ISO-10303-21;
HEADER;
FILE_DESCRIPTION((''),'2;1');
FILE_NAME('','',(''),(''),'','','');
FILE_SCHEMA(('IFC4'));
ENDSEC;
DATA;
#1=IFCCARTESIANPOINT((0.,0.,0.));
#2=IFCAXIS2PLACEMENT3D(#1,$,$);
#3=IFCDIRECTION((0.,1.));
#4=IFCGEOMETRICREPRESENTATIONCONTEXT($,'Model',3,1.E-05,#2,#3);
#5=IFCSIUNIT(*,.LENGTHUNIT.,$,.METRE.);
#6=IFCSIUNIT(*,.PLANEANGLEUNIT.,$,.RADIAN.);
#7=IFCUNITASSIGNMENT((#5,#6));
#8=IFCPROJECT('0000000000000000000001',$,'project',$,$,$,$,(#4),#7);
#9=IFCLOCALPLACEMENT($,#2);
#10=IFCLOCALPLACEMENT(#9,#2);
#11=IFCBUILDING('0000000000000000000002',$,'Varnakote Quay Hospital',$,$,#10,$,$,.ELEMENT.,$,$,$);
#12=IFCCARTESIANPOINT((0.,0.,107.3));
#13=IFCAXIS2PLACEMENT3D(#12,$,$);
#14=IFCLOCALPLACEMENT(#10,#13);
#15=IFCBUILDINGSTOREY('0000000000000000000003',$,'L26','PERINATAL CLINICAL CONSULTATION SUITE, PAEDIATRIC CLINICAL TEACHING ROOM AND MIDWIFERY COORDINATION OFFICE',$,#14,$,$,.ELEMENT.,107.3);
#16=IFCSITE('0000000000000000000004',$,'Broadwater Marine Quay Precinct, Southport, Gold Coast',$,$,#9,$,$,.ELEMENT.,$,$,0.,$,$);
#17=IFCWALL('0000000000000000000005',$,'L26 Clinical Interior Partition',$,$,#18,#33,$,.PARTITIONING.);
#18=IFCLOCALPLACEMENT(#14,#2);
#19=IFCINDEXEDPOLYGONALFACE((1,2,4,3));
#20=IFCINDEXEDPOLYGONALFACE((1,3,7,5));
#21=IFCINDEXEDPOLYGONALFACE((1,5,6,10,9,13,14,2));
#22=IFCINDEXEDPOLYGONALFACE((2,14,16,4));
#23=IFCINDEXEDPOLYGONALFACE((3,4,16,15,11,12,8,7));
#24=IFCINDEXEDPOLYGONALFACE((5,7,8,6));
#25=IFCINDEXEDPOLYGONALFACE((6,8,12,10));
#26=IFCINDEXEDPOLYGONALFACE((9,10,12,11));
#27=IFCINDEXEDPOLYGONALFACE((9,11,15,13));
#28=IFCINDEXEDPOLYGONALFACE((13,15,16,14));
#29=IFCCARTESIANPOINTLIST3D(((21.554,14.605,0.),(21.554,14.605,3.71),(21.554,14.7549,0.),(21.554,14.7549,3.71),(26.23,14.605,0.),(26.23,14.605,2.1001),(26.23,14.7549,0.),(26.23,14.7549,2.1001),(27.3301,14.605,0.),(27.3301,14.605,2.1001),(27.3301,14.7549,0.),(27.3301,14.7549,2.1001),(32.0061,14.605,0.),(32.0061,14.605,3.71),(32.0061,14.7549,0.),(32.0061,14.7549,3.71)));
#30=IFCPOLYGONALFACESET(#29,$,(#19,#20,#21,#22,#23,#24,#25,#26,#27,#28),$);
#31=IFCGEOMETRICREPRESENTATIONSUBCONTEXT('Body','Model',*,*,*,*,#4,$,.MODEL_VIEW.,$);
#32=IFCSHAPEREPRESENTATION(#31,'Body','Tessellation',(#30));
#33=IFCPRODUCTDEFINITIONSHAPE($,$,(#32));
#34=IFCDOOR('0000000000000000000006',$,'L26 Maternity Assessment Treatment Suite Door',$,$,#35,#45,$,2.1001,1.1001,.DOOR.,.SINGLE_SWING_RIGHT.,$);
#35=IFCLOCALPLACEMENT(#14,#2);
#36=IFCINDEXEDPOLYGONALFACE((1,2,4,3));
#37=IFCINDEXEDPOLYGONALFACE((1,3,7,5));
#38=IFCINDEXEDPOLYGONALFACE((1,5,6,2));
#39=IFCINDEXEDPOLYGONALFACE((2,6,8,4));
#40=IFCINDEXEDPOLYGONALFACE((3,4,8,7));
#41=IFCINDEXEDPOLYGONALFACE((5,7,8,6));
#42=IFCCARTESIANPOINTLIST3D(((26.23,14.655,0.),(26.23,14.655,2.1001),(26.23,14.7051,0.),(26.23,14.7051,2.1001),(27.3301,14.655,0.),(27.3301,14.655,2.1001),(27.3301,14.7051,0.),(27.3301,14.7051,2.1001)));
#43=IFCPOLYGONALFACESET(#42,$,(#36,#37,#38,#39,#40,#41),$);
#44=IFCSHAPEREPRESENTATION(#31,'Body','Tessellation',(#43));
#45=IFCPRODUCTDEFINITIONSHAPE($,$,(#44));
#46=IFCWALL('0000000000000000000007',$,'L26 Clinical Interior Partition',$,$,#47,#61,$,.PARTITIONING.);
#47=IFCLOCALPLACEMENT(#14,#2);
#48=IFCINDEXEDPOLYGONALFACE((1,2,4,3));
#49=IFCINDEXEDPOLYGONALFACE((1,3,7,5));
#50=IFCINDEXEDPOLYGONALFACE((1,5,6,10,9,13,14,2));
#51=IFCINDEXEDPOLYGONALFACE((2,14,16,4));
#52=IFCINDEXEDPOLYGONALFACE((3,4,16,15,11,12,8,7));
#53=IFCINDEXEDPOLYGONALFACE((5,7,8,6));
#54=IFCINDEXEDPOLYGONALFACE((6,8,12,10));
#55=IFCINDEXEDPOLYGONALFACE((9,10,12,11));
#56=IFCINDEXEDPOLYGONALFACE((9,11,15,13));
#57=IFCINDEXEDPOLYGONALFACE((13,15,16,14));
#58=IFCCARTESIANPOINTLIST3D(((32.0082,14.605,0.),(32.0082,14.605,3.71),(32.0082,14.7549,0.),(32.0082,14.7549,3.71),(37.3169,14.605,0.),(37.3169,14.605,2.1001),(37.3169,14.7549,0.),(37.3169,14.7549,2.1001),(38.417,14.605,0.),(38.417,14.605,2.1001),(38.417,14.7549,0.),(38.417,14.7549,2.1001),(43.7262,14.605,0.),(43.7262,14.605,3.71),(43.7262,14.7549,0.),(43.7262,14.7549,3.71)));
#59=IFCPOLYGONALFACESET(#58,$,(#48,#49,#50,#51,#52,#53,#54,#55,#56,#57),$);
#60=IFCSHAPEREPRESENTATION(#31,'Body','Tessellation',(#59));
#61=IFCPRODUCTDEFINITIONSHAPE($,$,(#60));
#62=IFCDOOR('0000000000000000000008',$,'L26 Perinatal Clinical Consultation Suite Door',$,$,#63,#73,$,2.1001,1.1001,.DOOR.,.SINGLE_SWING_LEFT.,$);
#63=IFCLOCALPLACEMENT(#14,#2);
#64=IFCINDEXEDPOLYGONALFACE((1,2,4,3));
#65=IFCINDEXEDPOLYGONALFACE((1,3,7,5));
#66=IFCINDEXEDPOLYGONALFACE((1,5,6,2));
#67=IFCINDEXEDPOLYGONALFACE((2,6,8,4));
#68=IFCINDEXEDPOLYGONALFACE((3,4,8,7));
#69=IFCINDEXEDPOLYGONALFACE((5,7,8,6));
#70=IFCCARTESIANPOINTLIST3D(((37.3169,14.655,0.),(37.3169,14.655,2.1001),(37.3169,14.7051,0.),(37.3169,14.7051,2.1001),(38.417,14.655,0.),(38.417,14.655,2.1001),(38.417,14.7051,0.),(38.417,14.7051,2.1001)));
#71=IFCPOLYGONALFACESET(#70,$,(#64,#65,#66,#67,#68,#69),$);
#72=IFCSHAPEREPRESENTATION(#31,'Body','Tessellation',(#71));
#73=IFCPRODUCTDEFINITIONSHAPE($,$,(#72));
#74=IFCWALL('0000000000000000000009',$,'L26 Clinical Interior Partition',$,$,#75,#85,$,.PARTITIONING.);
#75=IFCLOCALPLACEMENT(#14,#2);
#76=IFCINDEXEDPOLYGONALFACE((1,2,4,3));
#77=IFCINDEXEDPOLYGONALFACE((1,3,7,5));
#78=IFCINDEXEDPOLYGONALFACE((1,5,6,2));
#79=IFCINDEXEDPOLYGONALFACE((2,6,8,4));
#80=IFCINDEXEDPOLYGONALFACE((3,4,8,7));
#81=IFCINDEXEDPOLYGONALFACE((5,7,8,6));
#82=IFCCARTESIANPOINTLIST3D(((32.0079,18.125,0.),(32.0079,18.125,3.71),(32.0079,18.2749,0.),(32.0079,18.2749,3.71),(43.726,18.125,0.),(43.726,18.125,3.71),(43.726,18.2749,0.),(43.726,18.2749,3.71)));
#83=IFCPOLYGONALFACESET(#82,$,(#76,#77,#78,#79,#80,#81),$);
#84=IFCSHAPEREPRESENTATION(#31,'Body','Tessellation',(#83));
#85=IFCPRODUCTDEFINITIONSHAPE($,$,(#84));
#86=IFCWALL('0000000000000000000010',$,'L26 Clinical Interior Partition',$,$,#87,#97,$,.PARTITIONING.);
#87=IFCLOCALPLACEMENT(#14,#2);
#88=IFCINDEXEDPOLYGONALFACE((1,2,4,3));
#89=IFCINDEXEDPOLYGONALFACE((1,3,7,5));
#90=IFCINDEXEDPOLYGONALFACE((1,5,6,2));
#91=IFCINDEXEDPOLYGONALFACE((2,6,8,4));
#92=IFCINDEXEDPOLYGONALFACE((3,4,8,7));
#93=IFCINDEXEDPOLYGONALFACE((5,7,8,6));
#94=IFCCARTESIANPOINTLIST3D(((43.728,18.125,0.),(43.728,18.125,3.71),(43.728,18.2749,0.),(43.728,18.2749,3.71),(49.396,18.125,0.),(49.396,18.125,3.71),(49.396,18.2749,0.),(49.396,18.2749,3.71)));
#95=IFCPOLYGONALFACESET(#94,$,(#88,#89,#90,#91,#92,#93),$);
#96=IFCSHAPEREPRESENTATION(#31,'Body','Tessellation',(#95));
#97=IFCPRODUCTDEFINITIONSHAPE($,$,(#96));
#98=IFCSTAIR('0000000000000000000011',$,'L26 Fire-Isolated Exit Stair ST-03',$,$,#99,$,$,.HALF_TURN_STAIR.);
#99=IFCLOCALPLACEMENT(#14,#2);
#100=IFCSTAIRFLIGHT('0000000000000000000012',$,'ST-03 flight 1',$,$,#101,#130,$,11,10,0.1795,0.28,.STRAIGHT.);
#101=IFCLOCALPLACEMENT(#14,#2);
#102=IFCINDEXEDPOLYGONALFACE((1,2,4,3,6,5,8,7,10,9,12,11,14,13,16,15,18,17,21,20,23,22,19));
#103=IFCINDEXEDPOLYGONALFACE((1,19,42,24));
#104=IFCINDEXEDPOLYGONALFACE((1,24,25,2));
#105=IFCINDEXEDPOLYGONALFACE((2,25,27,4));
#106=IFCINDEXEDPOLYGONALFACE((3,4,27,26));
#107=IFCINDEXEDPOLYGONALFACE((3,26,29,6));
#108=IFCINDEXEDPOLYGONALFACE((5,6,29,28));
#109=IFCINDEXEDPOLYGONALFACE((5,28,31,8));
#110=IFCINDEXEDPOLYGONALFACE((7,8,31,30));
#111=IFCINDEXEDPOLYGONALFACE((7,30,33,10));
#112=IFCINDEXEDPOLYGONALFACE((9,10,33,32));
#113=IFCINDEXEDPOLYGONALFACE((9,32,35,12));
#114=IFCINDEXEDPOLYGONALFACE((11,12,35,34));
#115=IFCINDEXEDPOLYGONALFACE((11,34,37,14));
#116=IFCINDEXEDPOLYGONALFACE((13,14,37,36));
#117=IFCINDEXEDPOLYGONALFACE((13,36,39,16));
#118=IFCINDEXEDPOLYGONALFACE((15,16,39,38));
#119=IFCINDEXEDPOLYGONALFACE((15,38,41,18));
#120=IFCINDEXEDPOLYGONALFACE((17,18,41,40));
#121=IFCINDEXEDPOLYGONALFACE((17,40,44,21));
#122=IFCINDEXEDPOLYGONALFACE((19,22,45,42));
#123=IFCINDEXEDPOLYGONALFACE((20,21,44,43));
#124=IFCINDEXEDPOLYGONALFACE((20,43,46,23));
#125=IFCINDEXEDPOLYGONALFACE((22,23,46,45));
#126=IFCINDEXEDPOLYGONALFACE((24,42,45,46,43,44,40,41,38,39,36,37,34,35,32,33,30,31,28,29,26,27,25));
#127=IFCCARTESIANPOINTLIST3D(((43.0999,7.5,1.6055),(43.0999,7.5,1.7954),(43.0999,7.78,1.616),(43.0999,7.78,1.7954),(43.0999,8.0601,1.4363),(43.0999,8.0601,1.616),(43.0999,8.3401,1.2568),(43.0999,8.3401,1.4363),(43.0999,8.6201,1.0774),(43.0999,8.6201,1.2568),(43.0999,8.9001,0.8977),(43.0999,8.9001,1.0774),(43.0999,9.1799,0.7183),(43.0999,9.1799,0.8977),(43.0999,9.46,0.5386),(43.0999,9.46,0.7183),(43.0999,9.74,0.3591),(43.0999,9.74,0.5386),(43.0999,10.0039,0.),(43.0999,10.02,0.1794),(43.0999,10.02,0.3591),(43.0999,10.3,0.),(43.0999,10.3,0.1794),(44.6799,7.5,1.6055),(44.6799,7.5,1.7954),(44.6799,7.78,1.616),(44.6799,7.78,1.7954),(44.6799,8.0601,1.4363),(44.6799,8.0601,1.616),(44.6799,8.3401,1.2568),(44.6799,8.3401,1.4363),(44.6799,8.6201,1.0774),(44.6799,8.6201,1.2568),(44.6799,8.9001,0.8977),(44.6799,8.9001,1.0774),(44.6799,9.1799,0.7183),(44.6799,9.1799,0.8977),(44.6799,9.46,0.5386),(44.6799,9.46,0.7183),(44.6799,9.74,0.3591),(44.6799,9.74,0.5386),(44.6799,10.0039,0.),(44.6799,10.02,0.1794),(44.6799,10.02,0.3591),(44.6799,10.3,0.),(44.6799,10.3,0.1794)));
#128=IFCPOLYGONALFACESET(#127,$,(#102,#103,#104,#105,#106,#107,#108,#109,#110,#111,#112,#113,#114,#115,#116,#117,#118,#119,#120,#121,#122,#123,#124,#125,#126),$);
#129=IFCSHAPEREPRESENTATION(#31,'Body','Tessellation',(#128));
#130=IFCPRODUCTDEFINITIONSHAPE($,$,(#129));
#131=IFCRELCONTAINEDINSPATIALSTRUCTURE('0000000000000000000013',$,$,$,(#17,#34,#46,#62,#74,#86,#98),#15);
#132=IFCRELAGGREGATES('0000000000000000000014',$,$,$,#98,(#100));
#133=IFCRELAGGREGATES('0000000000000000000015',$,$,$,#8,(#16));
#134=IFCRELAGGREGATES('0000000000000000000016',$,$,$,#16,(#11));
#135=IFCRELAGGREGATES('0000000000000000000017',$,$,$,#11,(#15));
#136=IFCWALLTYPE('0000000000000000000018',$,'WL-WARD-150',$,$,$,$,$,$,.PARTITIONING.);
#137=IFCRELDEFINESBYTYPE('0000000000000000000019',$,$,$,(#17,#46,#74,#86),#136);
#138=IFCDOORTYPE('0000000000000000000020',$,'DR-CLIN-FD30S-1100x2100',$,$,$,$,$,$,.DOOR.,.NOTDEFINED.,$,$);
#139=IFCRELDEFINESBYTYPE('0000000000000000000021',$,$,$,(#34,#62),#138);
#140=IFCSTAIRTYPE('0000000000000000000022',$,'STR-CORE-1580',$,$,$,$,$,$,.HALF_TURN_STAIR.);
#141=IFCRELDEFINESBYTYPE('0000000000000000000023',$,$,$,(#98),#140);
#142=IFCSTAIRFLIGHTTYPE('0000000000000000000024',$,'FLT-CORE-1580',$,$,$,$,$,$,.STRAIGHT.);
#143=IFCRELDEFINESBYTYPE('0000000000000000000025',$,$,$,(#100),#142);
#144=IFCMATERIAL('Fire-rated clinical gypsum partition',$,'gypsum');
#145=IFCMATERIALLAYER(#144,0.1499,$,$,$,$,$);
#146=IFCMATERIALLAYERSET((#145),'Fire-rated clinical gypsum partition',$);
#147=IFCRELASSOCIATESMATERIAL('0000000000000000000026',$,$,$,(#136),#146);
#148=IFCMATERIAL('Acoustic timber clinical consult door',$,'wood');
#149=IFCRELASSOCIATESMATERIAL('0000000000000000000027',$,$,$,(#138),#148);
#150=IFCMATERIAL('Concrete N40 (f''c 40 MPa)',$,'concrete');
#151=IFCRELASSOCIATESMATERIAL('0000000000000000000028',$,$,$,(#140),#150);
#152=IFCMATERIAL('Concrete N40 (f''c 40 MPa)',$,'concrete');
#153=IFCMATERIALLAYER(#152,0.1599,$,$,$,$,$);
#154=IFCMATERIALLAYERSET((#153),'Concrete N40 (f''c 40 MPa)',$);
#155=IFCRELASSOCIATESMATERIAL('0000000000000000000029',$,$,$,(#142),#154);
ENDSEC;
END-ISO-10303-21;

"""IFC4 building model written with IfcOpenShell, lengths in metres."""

from ifc_helpers import new_model, si_unit, direction, frame, frame_2d, origin, place, context, subcontext, project, spatial, polyline, rectangle, outline, extrude, material, layer, layer_set, type_object, element, fill, aggregate, save


model = new_model("IFC4")

# Units and contexts
model_context = context("Model", 3, precision=1e-05, world=origin(), true_north=direction((0.0, 1.0)))
body_context = subcontext(model_context, "Body", "Model", "MODEL_VIEW")
ifc_project = project(units=[si_unit("LENGTHUNIT", "METRE"), si_unit("PLANEANGLEUNIT", "RADIAN")], contexts=[model_context])

# Site, building, storey
site_placement = place(None, origin())
site = spatial("IfcSite", under=ifc_project, at=site_placement, Name="Broadwater Marine Quay Precinct, Southport, Gold Coast", CompositionType="ELEMENT", RefElevation=0.0)
building_placement = place(site_placement, origin())
building = spatial("IfcBuilding", under=site, at=building_placement, Name="Varnakote Quay Hospital", CompositionType="ELEMENT")
storey_placement = place(building_placement, frame((0.0, 0.0, 107.3)))
storey = spatial("IfcBuildingStorey", under=building, at=storey_placement, Name="L26", Description="PERINATAL CLINICAL CONSULTATION SUITE, PAEDIATRIC CLINICAL TEACHING ROOM AND MIDWIFERY COORDINATION OFFICE", CompositionType="ELEMENT", Elevation=107.3)

# Walls, openings, doors
ifc_material_1 = material(Name="Fire-rated clinical gypsum partition", Category="gypsum")
ifc_layer_1 = layer(ifc_material_1, 0.1499)
ifc_layer_set_1 = layer_set([ifc_layer_1], Name="Fire-rated clinical gypsum partition")
wall_type_1 = type_object("IfcWallType", Name="WL-WARD-150", PredefinedType="PARTITIONING", material=ifc_layer_set_1)
wall_1_placement = place(storey_placement, frame((32.0061, 14.6799, 0.0), z_axis=(0.0, 0.0, 1.0), x_axis=(-1.0, 0.0, 0.0)))
wall_1 = element("IfcWall", 1, at=wall_1_placement, inside=storey, type_object=wall_type_1, Name="L26 Clinical Interior Partition", PredefinedType="PARTITIONING", context=body_context, shape_type="SweptSolid", body=[
    extrude(rectangle(XDim=10.4521, YDim=0.1499, at=frame_2d((5.2261, 0.0))), origin(), (0.0, 0.0, 1.0), 3.71),
])
opening_1_placement = place(wall_1_placement, frame((4.676, 0.0, 0.0)))
opening_1 = element("IfcOpeningElement", 2, at=opening_1_placement, cuts=wall_1, PredefinedType="OPENING", context=body_context, shape_type="SweptSolid", body=[
    extrude(rectangle(XDim=1.1001, YDim=2.1001, at=frame_2d((0.55, 1.05))), frame((0.0, 0.085, 0.0), z_axis=(0.0, -1.0, 0.0), x_axis=(1.0, 0.0, 0.0)), (0.0, 0.0, 1.0), 0.1699),
])
ifc_material_2 = material(Name="Acoustic timber clinical consult door", Category="wood")
door_type_1 = type_object("IfcDoorType", Name="DR-CLIN-FD30S-1100x2100", OperationType="NOTDEFINED", PredefinedType="DOOR", material=ifc_material_2)
door_1_placement = place(opening_1_placement, origin())
door_1 = element("IfcDoor", 3, at=door_1_placement, inside=storey, type_object=door_type_1, Name="L26 Maternity Assessment Treatment Suite Door", OperationType="SINGLE_SWING_RIGHT", OverallHeight=2.1001, OverallWidth=1.1001, PredefinedType="DOOR", context=body_context, shape_type="SweptSolid", body=[
    extrude(rectangle(XDim=1.1001, YDim=2.1001, at=frame_2d((0.55, 1.05))), frame((0.0, 0.0249, 0.0), z_axis=(0.0, -1.0, 0.0), x_axis=(1.0, 0.0, 0.0)), (0.0, 0.0, 1.0), 0.05),
])
fill(opening_1, door_1)
wall_2_placement = place(storey_placement, frame((43.7261, 14.6799, 0.0), z_axis=(0.0, 0.0, 1.0), x_axis=(-1.0, 0.0, 0.0)))
wall_2 = element("IfcWall", 4, at=wall_2_placement, inside=storey, type_object=wall_type_1, Name="L26 Clinical Interior Partition", PredefinedType="PARTITIONING", context=body_context, shape_type="SweptSolid", body=[
    extrude(rectangle(XDim=11.718, YDim=0.1499, at=frame_2d((5.8589, 0.0))), origin(), (0.0, 0.0, 1.0), 3.71),
])
opening_2_placement = place(wall_2_placement, frame((5.3091, 0.0, 0.0)))
opening_2 = element("IfcOpeningElement", 5, at=opening_2_placement, cuts=wall_2, PredefinedType="OPENING", context=body_context, shape_type="SweptSolid", body=[
    extrude(rectangle(XDim=1.1001, YDim=2.1001, at=frame_2d((0.55, 1.05))), frame((0.0, 0.085, 0.0), z_axis=(0.0, -1.0, 0.0), x_axis=(1.0, 0.0, 0.0)), (0.0, 0.0, 1.0), 0.1699),
])
door_2_placement = place(opening_2_placement, origin())
door_2 = element("IfcDoor", 6, at=door_2_placement, inside=storey, type_object=door_type_1, Name="L26 Perinatal Clinical Consultation Suite Door", OperationType="SINGLE_SWING_LEFT", OverallHeight=2.1001, OverallWidth=1.1001, PredefinedType="DOOR", context=body_context, shape_type="SweptSolid", body=[
    extrude(rectangle(XDim=1.1001, YDim=2.1001, at=frame_2d((0.55, 1.05))), frame((0.0, 0.0249, 0.0), z_axis=(0.0, -1.0, 0.0), x_axis=(1.0, 0.0, 0.0)), (0.0, 0.0, 1.0), 0.05),
])
fill(opening_2, door_2)

# Walls
wall_3_placement = place(storey_placement, frame((32.0081, 18.2, 0.0), z_axis=(0.0, 0.0, 1.0), x_axis=(1.0, 0.0, 0.0)))
element("IfcWall", 7, at=wall_3_placement, inside=storey, type_object=wall_type_1, Name="L26 Clinical Interior Partition", PredefinedType="PARTITIONING", context=body_context, shape_type="SweptSolid", body=[
    extrude(rectangle(XDim=11.718, YDim=0.1499, at=frame_2d((5.8589, 0.0))), origin(), (0.0, 0.0, 1.0), 3.71),
])
wall_4_placement = place(storey_placement, frame((43.728, 18.2, 0.0), z_axis=(0.0, 0.0, 1.0), x_axis=(1.0, 0.0, 0.0)))
element("IfcWall", 8, at=wall_4_placement, inside=storey, type_object=wall_type_1, Name="L26 Clinical Interior Partition", PredefinedType="PARTITIONING", context=body_context, shape_type="SweptSolid", body=[
    extrude(rectangle(XDim=5.668, YDim=0.1499, at=frame_2d((2.834, 0.0))), origin(), (0.0, 0.0, 1.0), 3.71),
])

# Stair, stair flight
ifc_material_3 = material(Name="Concrete N40 (f'c 40 MPa)", Category="concrete")
stair_type = type_object("IfcStairType", Name="STR-CORE-1580", PredefinedType="HALF_TURN_STAIR", material=ifc_material_3)
stair_placement = place(storey_placement, origin())
stair = element("IfcStair", 9, at=stair_placement, inside=storey, type_object=stair_type, Name="L26 Fire-Isolated Exit Stair ST-03", PredefinedType="HALF_TURN_STAIR")
ifc_material_4 = material(Name="Concrete N40 (f'c 40 MPa)", Category="concrete")
ifc_layer_2 = layer(ifc_material_4, 0.1599)
ifc_layer_set_2 = layer_set([ifc_layer_2], Name="Concrete N40 (f'c 40 MPa)")
stair_flight_type = type_object("IfcStairFlightType", Name="FLT-CORE-1580", PredefinedType="STRAIGHT", material=ifc_layer_set_2)
stair_flight_placement = place(storey_placement, frame((43.8899, 10.3, 0.0), z_axis=(0.0, 0.0, 1.0), x_axis=(0.0, -1.0, 0.0)))
stair_flight = element("IfcStairFlight", 10, at=stair_flight_placement, type_object=stair_flight_type, Name="ST-03 flight 1", NumberOfRisers=11, NumberOfTreads=10, PredefinedType="STRAIGHT", RiserHeight=0.1795, TreadLength=0.28, context=body_context, shape_type="SweptSolid", body=[
    extrude(outline(polyline([(0.0, 0.0), (0.0, 0.1794), (0.28, 0.1794), (0.28, 0.3591), (0.5601, 0.3591), (0.5601, 0.5386), (0.8401, 0.5386), (0.8401, 0.7183), (1.1201, 0.7183), (1.1201, 0.8977), (1.3999, 0.8977), (1.3999, 1.0774), (1.6799, 1.0774), (1.6799, 1.2568), (1.96, 1.2568), (1.96, 1.4363), (2.24, 1.4363), (2.24, 1.616), (2.52, 1.616), (2.52, 1.7954), (2.8, 1.7954), (2.8, 1.9751), (2.8, 1.6055), (0.2961, 0.0), (0.0, 0.0)])), frame((0.0, 0.79, 0.0), z_axis=(0.0, -1.0, 0.0), x_axis=(1.0, 0.0, 0.0)), (0.0, 0.0, 1.0), 1.5801),
])
aggregate(stair, [stair_flight])

save(model, "model.ifc")
